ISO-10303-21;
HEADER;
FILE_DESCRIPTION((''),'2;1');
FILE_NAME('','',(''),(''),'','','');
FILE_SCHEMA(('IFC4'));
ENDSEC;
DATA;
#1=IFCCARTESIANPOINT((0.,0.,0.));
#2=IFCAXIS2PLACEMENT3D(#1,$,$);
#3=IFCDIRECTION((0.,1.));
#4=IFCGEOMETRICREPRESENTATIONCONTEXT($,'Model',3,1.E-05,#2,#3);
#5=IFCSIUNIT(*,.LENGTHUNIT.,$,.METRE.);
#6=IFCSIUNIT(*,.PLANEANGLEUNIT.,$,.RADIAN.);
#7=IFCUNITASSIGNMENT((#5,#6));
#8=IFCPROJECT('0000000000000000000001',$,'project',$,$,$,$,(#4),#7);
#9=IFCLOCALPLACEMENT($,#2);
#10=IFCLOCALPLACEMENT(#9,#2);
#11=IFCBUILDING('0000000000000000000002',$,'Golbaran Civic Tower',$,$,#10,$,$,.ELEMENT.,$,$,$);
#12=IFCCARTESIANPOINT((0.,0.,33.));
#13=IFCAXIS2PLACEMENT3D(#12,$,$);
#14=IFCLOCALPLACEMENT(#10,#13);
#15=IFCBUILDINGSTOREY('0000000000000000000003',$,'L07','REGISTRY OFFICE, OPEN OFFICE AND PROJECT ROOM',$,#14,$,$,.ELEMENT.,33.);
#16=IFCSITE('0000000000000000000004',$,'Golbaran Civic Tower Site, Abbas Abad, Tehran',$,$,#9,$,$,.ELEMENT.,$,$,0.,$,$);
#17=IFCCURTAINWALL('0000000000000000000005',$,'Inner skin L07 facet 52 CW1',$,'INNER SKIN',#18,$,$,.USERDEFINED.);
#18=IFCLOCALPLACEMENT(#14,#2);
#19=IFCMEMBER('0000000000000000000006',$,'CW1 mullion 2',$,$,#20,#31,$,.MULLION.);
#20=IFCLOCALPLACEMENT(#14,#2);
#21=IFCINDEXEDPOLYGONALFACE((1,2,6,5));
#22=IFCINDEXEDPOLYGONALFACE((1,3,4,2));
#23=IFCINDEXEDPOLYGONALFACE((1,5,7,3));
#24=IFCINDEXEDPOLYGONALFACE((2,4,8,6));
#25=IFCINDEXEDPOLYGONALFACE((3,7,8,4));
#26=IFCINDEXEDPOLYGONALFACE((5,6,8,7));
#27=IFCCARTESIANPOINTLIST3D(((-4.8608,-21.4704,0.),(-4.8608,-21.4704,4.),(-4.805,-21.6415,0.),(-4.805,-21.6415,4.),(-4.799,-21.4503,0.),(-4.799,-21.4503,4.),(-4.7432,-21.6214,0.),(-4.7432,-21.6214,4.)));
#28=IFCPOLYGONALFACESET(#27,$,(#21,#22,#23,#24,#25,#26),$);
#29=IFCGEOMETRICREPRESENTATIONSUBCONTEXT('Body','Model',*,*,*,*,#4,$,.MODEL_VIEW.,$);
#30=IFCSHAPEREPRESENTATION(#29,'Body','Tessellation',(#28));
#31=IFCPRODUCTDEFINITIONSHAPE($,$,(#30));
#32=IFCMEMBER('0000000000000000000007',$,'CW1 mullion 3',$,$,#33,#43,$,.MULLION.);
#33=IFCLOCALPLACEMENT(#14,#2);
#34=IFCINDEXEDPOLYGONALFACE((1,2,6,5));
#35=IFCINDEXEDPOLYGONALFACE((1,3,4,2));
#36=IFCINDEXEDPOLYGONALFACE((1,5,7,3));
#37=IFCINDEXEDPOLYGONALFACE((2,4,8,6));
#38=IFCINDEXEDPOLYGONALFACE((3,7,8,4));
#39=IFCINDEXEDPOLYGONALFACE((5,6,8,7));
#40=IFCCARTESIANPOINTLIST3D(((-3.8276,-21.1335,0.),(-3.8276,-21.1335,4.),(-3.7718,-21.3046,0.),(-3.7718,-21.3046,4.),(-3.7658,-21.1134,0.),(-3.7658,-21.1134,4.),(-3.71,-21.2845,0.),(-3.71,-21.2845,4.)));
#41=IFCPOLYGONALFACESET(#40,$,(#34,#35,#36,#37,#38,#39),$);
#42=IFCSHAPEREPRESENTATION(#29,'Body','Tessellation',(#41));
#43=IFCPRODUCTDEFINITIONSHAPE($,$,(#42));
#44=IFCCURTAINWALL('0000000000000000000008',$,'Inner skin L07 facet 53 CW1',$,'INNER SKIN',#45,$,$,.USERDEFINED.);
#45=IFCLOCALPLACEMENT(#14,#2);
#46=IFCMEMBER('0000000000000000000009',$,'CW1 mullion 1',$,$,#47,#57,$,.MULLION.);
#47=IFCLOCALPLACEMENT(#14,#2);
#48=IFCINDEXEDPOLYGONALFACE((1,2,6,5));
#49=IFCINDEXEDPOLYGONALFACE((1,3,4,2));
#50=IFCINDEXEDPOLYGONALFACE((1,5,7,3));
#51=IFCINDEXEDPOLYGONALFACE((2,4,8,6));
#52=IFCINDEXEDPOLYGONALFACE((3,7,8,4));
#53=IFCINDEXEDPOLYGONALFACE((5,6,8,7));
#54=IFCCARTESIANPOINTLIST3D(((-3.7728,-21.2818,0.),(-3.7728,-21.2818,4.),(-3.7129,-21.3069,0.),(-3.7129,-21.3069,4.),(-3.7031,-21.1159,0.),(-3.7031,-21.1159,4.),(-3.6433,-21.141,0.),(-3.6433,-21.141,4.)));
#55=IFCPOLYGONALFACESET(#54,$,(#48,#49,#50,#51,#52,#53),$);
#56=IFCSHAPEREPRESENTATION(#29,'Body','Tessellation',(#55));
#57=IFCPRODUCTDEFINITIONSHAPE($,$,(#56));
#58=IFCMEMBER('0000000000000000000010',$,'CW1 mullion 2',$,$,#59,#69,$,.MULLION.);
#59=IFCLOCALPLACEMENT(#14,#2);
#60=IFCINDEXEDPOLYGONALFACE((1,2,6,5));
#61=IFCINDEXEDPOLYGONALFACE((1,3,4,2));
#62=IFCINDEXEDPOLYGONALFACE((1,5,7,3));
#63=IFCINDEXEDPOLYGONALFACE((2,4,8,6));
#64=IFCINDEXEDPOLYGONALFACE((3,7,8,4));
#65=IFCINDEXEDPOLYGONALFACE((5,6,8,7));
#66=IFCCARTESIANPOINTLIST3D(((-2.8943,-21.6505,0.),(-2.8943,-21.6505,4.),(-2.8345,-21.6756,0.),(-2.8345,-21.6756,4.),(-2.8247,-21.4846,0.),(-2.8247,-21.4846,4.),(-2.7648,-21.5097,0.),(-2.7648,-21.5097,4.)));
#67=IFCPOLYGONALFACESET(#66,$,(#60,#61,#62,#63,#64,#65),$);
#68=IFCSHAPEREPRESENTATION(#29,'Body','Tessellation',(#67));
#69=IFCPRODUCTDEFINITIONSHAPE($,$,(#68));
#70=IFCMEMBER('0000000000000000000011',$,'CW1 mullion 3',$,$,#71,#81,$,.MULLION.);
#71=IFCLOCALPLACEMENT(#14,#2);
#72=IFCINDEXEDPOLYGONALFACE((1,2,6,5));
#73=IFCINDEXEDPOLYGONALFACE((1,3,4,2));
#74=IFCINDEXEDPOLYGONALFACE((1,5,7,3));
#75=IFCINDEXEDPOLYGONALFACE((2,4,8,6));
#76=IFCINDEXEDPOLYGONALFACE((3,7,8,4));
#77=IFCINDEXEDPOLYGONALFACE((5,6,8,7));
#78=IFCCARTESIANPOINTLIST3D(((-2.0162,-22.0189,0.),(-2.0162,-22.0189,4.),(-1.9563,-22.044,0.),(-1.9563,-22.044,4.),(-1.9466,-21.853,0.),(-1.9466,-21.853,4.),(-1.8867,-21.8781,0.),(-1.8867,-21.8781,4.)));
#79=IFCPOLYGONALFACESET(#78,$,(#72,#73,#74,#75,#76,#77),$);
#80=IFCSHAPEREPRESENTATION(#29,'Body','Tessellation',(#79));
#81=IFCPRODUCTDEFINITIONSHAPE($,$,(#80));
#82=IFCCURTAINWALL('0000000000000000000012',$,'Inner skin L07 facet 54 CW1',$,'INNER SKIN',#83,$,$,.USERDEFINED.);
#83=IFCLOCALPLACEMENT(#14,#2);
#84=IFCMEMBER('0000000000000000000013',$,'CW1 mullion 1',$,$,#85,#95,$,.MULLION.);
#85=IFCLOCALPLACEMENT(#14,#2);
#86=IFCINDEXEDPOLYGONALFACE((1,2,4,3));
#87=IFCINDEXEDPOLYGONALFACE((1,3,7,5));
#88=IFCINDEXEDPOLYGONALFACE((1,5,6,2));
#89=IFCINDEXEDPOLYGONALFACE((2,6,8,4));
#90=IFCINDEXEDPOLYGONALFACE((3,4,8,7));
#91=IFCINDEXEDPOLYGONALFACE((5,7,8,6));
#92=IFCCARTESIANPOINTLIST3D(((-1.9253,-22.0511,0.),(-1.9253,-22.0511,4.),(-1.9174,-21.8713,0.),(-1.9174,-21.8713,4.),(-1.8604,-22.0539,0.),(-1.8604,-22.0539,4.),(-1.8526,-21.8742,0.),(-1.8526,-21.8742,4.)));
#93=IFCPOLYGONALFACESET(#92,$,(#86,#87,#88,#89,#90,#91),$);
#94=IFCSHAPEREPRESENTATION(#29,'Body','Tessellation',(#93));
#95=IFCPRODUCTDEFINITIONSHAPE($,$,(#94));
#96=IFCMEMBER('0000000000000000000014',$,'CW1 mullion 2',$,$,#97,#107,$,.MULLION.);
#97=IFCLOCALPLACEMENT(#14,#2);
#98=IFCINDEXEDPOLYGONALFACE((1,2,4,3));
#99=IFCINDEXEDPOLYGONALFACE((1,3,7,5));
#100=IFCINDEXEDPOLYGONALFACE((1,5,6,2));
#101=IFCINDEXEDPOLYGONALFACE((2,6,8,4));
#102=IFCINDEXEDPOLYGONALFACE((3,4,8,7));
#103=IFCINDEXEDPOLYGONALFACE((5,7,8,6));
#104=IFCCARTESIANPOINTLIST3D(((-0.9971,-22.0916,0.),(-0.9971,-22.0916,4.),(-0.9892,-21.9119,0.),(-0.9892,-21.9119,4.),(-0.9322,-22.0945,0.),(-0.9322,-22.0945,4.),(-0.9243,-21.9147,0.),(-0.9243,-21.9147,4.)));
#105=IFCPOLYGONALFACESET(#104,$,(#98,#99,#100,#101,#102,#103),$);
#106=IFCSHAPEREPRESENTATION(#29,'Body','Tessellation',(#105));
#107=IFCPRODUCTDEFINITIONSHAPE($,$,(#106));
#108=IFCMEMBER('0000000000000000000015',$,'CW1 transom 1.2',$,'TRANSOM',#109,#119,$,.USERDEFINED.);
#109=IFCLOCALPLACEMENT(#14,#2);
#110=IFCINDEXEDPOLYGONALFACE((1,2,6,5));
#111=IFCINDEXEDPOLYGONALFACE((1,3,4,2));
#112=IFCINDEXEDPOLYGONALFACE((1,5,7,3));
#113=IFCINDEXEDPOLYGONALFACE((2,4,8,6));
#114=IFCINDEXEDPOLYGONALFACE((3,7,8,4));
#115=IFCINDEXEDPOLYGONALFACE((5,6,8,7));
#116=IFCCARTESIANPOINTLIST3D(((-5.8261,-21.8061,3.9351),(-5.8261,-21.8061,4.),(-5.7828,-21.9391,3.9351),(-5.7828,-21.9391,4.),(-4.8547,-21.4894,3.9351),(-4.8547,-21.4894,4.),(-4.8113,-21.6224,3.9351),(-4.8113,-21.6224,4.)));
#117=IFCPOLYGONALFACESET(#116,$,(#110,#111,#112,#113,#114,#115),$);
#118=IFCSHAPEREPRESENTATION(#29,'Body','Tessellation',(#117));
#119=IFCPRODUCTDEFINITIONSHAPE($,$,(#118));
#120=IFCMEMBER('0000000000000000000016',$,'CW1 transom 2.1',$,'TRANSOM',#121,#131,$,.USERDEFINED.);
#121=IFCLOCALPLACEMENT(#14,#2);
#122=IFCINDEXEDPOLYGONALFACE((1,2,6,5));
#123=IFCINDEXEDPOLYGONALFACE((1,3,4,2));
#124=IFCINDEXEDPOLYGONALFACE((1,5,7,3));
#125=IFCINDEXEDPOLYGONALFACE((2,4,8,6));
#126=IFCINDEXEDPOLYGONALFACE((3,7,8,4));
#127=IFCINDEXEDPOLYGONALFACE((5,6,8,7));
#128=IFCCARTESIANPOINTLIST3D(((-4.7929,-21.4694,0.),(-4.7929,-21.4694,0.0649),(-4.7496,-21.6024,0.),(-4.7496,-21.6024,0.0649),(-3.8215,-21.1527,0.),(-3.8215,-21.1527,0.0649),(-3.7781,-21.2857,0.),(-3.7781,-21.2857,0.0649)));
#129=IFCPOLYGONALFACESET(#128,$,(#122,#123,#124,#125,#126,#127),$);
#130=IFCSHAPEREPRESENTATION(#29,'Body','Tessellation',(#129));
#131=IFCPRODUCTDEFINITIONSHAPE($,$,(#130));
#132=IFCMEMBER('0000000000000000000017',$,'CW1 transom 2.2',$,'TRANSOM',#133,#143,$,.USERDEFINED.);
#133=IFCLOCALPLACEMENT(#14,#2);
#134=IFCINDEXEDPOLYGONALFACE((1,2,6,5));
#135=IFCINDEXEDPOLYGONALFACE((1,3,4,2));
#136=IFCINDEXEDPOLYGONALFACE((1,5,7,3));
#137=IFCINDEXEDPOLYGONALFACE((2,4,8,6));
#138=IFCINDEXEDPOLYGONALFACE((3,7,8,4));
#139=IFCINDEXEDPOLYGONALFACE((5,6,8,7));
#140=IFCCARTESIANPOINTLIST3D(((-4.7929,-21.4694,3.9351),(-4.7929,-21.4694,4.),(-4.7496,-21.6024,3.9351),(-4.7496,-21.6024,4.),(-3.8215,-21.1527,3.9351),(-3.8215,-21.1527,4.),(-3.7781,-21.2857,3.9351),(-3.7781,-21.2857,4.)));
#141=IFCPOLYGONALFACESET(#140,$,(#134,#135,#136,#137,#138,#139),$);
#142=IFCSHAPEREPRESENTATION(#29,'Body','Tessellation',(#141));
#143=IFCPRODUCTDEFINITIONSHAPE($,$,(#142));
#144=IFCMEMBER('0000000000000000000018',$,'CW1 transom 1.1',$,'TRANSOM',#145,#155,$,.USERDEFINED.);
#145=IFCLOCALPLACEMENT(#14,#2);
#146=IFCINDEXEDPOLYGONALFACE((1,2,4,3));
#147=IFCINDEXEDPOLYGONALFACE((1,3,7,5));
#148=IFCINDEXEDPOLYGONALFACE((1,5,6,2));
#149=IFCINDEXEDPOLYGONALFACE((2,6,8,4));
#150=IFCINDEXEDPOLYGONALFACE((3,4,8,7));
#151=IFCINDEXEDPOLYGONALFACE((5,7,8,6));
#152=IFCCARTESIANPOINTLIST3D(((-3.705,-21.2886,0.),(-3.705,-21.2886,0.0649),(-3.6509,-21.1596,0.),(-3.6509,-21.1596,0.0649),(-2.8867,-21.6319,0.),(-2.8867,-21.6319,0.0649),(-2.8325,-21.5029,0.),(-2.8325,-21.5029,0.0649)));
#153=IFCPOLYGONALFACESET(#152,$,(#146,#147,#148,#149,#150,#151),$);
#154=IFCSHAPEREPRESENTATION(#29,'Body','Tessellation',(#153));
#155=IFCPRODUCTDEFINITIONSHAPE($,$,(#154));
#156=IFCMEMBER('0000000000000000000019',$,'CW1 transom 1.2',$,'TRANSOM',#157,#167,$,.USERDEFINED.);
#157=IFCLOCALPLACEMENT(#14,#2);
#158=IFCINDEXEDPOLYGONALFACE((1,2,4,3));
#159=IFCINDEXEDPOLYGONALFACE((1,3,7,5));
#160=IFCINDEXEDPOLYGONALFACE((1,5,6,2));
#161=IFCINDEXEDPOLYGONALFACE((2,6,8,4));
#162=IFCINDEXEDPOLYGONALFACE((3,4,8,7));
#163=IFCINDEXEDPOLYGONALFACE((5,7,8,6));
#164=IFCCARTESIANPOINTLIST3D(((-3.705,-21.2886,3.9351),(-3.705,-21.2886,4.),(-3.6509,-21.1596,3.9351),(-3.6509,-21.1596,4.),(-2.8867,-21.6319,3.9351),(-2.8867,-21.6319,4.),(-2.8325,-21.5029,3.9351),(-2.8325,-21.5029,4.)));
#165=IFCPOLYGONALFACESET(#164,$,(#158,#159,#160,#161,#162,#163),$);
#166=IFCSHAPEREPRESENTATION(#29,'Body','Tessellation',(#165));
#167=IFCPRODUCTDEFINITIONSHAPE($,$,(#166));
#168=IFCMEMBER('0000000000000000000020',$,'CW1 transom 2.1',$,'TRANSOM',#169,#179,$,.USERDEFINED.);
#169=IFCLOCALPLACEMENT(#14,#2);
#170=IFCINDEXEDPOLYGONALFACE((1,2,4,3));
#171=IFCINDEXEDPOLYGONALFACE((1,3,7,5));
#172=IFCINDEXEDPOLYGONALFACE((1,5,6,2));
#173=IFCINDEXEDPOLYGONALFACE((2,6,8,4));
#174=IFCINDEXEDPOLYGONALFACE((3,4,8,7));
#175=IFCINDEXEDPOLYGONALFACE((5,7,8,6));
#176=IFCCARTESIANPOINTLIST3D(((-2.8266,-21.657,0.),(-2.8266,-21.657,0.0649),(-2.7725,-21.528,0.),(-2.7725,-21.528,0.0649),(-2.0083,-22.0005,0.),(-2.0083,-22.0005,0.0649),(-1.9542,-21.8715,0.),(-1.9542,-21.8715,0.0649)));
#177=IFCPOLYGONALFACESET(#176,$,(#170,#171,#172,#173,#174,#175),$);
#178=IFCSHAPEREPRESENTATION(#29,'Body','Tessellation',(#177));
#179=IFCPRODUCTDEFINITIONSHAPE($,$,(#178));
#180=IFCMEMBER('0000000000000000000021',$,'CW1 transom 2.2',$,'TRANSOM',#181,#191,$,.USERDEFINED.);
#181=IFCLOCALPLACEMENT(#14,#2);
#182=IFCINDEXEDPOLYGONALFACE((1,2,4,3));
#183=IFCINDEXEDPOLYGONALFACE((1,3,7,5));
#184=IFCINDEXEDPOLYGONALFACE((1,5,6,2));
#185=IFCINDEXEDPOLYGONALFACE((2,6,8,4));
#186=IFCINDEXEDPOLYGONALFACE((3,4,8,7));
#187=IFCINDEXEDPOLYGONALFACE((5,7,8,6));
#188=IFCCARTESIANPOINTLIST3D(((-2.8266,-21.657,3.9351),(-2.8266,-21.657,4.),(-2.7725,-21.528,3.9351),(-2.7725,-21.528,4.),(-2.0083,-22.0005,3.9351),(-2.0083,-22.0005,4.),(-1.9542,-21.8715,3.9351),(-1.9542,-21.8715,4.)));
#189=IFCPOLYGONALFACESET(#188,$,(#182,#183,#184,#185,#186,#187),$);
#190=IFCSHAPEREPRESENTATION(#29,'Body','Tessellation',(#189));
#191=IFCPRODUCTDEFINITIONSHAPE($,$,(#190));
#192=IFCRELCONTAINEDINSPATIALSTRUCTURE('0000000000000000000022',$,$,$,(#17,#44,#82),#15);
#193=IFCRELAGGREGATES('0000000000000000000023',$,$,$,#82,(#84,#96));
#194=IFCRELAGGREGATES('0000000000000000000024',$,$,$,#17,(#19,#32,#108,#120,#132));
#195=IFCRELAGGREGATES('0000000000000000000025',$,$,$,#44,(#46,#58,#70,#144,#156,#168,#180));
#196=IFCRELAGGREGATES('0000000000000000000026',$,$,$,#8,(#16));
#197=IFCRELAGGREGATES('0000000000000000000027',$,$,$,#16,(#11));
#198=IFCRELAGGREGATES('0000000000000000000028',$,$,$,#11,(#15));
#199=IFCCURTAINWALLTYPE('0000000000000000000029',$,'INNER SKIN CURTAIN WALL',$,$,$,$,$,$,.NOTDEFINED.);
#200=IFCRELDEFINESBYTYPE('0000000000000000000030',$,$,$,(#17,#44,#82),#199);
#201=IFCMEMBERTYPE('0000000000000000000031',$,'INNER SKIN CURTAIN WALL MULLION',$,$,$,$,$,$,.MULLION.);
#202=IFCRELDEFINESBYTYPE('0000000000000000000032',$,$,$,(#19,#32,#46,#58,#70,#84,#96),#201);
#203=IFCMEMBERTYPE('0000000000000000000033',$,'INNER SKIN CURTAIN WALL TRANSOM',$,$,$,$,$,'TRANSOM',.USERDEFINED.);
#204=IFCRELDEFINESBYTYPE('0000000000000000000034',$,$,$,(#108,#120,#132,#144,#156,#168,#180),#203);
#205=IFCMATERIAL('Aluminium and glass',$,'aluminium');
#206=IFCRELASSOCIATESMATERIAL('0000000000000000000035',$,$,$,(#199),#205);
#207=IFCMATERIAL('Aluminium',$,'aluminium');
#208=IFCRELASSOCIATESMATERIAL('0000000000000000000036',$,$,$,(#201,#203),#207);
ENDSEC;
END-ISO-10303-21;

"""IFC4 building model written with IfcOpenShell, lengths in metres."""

from ifc_helpers import new_model, si_unit, direction, frame, origin, origin_2d, place, context, subcontext, project, spatial, rectangle, extrude, material, material_profile, profile_set, type_object, element, aggregate, save


model = new_model("IFC4")

# Units and contexts
model_context = context("Model", 3, precision=1e-05, world=origin(), true_north=direction((0.0, 1.0)))
body_context = subcontext(model_context, "Body", "Model", "MODEL_VIEW")
ifc_project = project(units=[si_unit("LENGTHUNIT", "METRE"), si_unit("PLANEANGLEUNIT", "RADIAN")], contexts=[model_context])

# Site, building, storey
site_placement = place(None, origin())
site = spatial("IfcSite", under=ifc_project, at=site_placement, Name="Golbaran Civic Tower Site, Abbas Abad, Tehran", CompositionType="ELEMENT", RefElevation=0.0)
building_placement = place(site_placement, origin())
building = spatial("IfcBuilding", under=site, at=building_placement, Name="Golbaran Civic Tower", CompositionType="ELEMENT")
storey_placement = place(building_placement, frame((0.0, 0.0, 33.0)))
storey = spatial("IfcBuildingStorey", under=building, at=storey_placement, Name="L07", Description="REGISTRY OFFICE, OPEN OFFICE AND PROJECT ROOM", CompositionType="ELEMENT", Elevation=33.0)

# Curtain walls, members
ifc_material_1 = material(Name="Aluminium and glass", Category="aluminium")
curtain_wall_type = type_object("IfcCurtainWallType", Name="INNER SKIN CURTAIN WALL", PredefinedType="NOTDEFINED", material=ifc_material_1)
curtain_wall_1_placement = place(storey_placement, origin())
curtain_wall_1 = element("IfcCurtainWall", 1, at=curtain_wall_1_placement, inside=storey, type_object=curtain_wall_type, Name="Inner skin L07 facet 52 CW1", ObjectType="INNER SKIN", PredefinedType="USERDEFINED")
ifc_material_2 = material(Name="Aluminium", Category="aluminium")
ifc_material_profile_1 = material_profile(ifc_material_2, rectangle(XDim=0.1799, YDim=0.0649, at=origin_2d()), Name="INNER SKIN CURTAIN WALL MULLION")
ifc_profile_set_1 = profile_set([ifc_material_profile_1], Name="Aluminium")
member_type_1 = type_object("IfcMemberType", Name="INNER SKIN CURTAIN WALL MULLION", PredefinedType="MULLION", material=ifc_profile_set_1)
member_1_placement = place(storey_placement, frame((-4.802, -21.5459, 0.0), z_axis=(0.0, 0.0, 1.0), x_axis=(-0.309925, 0.950761, 0.0)))
member_1 = element("IfcMember", 2, at=member_1_placement, type_object=member_type_1, Name="CW1 mullion 2", PredefinedType="MULLION", context=body_context, shape_type="SweptSolid", body=[
    extrude(rectangle(XDim=0.1799, YDim=0.0649, at=origin_2d()), origin(), (0.0, 0.0, 1.0), 4.0),
])
member_2_placement = place(storey_placement, frame((-3.7688, -21.209, 0.0), z_axis=(0.0, 0.0, 1.0), x_axis=(-0.309925, 0.950761, 0.0)))
member_2 = element("IfcMember", 3, at=member_2_placement, type_object=member_type_1, Name="CW1 mullion 3", PredefinedType="MULLION", context=body_context, shape_type="SweptSolid", body=[
    extrude(rectangle(XDim=0.1799, YDim=0.0649, at=origin_2d()), origin(), (0.0, 0.0, 1.0), 4.0),
])
curtain_wall_2_placement = place(storey_placement, origin())
curtain_wall_2 = element("IfcCurtainWall", 4, at=curtain_wall_2_placement, inside=storey, type_object=curtain_wall_type, Name="Inner skin L07 facet 53 CW1", ObjectType="INNER SKIN", PredefinedType="USERDEFINED")
member_3_placement = place(storey_placement, frame((-3.708, -21.2114, 0.0), z_axis=(0.0, 0.0, 1.0), x_axis=(0.386873, 0.922133, 0.0)))
member_3 = element("IfcMember", 5, at=member_3_placement, type_object=member_type_1, Name="CW1 mullion 1", PredefinedType="MULLION", context=body_context, shape_type="SweptSolid", body=[
    extrude(rectangle(XDim=0.1799, YDim=0.0649, at=origin_2d()), origin(), (0.0, 0.0, 1.0), 4.0),
])
member_4_placement = place(storey_placement, frame((-2.8296, -21.5801, 0.0), z_axis=(0.0, 0.0, 1.0), x_axis=(0.386873, 0.922133, 0.0)))
member_4 = element("IfcMember", 6, at=member_4_placement, type_object=member_type_1, Name="CW1 mullion 2", PredefinedType="MULLION", context=body_context, shape_type="SweptSolid", body=[
    extrude(rectangle(XDim=0.1799, YDim=0.0649, at=origin_2d()), origin(), (0.0, 0.0, 1.0), 4.0),
])
member_5_placement = place(storey_placement, frame((-1.9514, -21.9485, 0.0), z_axis=(0.0, 0.0, 1.0), x_axis=(0.386873, 0.922133, 0.0)))
member_5 = element("IfcMember", 7, at=member_5_placement, type_object=member_type_1, Name="CW1 mullion 3", PredefinedType="MULLION", context=body_context, shape_type="SweptSolid", body=[
    extrude(rectangle(XDim=0.1799, YDim=0.0649, at=origin_2d()), origin(), (0.0, 0.0, 1.0), 4.0),
])
curtain_wall_3_placement = place(storey_placement, origin())
curtain_wall_3 = element("IfcCurtainWall", 8, at=curtain_wall_3_placement, inside=storey, type_object=curtain_wall_type, Name="Inner skin L07 facet 54 CW1", ObjectType="INNER SKIN", PredefinedType="USERDEFINED")
member_6_placement = place(storey_placement, frame((-1.8889, -21.9626, 0.0), z_axis=(0.0, 0.0, 1.0), x_axis=(0.043619, 0.999048, 0.0)))
member_6 = element("IfcMember", 9, at=member_6_placement, type_object=member_type_1, Name="CW1 mullion 1", PredefinedType="MULLION", context=body_context, shape_type="SweptSolid", body=[
    extrude(rectangle(XDim=0.1799, YDim=0.0649, at=origin_2d()), origin(), (0.0, 0.0, 1.0), 4.0),
])
member_7_placement = place(storey_placement, frame((-0.9607, -22.0032, 0.0), z_axis=(0.0, 0.0, 1.0), x_axis=(0.043619, 0.999048, 0.0)))
member_7 = element("IfcMember", 10, at=member_7_placement, type_object=member_type_1, Name="CW1 mullion 2", PredefinedType="MULLION", context=body_context, shape_type="SweptSolid", body=[
    extrude(rectangle(XDim=0.1799, YDim=0.0649, at=origin_2d()), origin(), (0.0, 0.0, 1.0), 4.0),
])

# Members
ifc_material_profile_2 = material_profile(ifc_material_2, rectangle(XDim=0.1399, YDim=0.0649, at=origin_2d()), Name="INNER SKIN CURTAIN WALL TRANSOM")
ifc_profile_set_2 = profile_set([ifc_material_profile_2], Name="Aluminium")
member_type_2 = type_object("IfcMemberType", Name="INNER SKIN CURTAIN WALL TRANSOM", ElementType="TRANSOM", PredefinedType="USERDEFINED", material=ifc_profile_set_2)
member_8_placement = place(storey_placement, frame((-5.8044, -21.8726, 3.9675), z_axis=(0.950765, 0.309913, 0.0), x_axis=(-0.309913, 0.950765, 0.0)))
member_8 = element("IfcMember", 11, at=member_8_placement, type_object=member_type_2, Name="CW1 transom 1.2", ObjectType="TRANSOM", PredefinedType="USERDEFINED", context=body_context, shape_type="SweptSolid", body=[
    extrude(rectangle(XDim=0.1399, YDim=0.0649, at=origin_2d()), origin(), (0.0, 0.0, 1.0), 1.0217),
])
member_9_placement = place(storey_placement, frame((-4.7712, -21.5359, 0.0325), z_axis=(0.950765, 0.309913, 0.0), x_axis=(-0.309913, 0.950765, 0.0)))
member_9 = element("IfcMember", 12, at=member_9_placement, type_object=member_type_2, Name="CW1 transom 2.1", ObjectType="TRANSOM", PredefinedType="USERDEFINED", context=body_context, shape_type="SweptSolid", body=[
    extrude(rectangle(XDim=0.1399, YDim=0.0649, at=origin_2d()), origin(), (0.0, 0.0, 1.0), 1.0217),
])
member_10_placement = place(storey_placement, frame((-4.7712, -21.5359, 3.9675), z_axis=(0.950765, 0.309913, 0.0), x_axis=(-0.309913, 0.950765, 0.0)))
member_10 = element("IfcMember", 13, at=member_10_placement, type_object=member_type_2, Name="CW1 transom 2.2", ObjectType="TRANSOM", PredefinedType="USERDEFINED", context=body_context, shape_type="SweptSolid", body=[
    extrude(rectangle(XDim=0.1399, YDim=0.0649, at=origin_2d()), origin(), (0.0, 0.0, 1.0), 1.0217),
])
member_11_placement = place(storey_placement, frame((-3.678, -21.2241, 0.0325), z_axis=(0.922163, -0.386802, 0.0), x_axis=(0.386802, 0.922163, 0.0)))
member_11 = element("IfcMember", 14, at=member_11_placement, type_object=member_type_2, Name="CW1 transom 1.1", ObjectType="TRANSOM", PredefinedType="USERDEFINED", context=body_context, shape_type="SweptSolid", body=[
    extrude(rectangle(XDim=0.1399, YDim=0.0649, at=origin_2d()), origin(), (0.0, 0.0, 1.0), 0.8875),
])
member_12_placement = place(storey_placement, frame((-3.678, -21.2241, 3.9675), z_axis=(0.922163, -0.386802, 0.0), x_axis=(0.386802, 0.922163, 0.0)))
member_12 = element("IfcMember", 15, at=member_12_placement, type_object=member_type_2, Name="CW1 transom 1.2", ObjectType="TRANSOM", PredefinedType="USERDEFINED", context=body_context, shape_type="SweptSolid", body=[
    extrude(rectangle(XDim=0.1399, YDim=0.0649, at=origin_2d()), origin(), (0.0, 0.0, 1.0), 0.8875),
])
member_13_placement = place(storey_placement, frame((-2.7996, -21.5925, 0.0325), z_axis=(0.922065, -0.387036, 0.0), x_axis=(0.387036, 0.922065, 0.0)))
member_13 = element("IfcMember", 16, at=member_13_placement, type_object=member_type_2, Name="CW1 transom 2.1", ObjectType="TRANSOM", PredefinedType="USERDEFINED", context=body_context, shape_type="SweptSolid", body=[
    extrude(rectangle(XDim=0.1399, YDim=0.0649, at=origin_2d()), origin(), (0.0, 0.0, 1.0), 0.8875),
])
member_14_placement = place(storey_placement, frame((-2.7996, -21.5925, 3.9675), z_axis=(0.922065, -0.387036, 0.0), x_axis=(0.387036, 0.922065, 0.0)))
member_14 = element("IfcMember", 17, at=member_14_placement, type_object=member_type_2, Name="CW1 transom 2.2", ObjectType="TRANSOM", PredefinedType="USERDEFINED", context=body_context, shape_type="SweptSolid", body=[
    extrude(rectangle(XDim=0.1399, YDim=0.0649, at=origin_2d()), origin(), (0.0, 0.0, 1.0), 0.8875),
])

aggregate(curtain_wall_3, [member_6, member_7])
aggregate(curtain_wall_1, [member_1, member_2, member_8, member_9, member_10])
aggregate(curtain_wall_2, [member_3, member_4, member_5, member_11, member_12, member_13, member_14])

save(model, "model.ifc")
